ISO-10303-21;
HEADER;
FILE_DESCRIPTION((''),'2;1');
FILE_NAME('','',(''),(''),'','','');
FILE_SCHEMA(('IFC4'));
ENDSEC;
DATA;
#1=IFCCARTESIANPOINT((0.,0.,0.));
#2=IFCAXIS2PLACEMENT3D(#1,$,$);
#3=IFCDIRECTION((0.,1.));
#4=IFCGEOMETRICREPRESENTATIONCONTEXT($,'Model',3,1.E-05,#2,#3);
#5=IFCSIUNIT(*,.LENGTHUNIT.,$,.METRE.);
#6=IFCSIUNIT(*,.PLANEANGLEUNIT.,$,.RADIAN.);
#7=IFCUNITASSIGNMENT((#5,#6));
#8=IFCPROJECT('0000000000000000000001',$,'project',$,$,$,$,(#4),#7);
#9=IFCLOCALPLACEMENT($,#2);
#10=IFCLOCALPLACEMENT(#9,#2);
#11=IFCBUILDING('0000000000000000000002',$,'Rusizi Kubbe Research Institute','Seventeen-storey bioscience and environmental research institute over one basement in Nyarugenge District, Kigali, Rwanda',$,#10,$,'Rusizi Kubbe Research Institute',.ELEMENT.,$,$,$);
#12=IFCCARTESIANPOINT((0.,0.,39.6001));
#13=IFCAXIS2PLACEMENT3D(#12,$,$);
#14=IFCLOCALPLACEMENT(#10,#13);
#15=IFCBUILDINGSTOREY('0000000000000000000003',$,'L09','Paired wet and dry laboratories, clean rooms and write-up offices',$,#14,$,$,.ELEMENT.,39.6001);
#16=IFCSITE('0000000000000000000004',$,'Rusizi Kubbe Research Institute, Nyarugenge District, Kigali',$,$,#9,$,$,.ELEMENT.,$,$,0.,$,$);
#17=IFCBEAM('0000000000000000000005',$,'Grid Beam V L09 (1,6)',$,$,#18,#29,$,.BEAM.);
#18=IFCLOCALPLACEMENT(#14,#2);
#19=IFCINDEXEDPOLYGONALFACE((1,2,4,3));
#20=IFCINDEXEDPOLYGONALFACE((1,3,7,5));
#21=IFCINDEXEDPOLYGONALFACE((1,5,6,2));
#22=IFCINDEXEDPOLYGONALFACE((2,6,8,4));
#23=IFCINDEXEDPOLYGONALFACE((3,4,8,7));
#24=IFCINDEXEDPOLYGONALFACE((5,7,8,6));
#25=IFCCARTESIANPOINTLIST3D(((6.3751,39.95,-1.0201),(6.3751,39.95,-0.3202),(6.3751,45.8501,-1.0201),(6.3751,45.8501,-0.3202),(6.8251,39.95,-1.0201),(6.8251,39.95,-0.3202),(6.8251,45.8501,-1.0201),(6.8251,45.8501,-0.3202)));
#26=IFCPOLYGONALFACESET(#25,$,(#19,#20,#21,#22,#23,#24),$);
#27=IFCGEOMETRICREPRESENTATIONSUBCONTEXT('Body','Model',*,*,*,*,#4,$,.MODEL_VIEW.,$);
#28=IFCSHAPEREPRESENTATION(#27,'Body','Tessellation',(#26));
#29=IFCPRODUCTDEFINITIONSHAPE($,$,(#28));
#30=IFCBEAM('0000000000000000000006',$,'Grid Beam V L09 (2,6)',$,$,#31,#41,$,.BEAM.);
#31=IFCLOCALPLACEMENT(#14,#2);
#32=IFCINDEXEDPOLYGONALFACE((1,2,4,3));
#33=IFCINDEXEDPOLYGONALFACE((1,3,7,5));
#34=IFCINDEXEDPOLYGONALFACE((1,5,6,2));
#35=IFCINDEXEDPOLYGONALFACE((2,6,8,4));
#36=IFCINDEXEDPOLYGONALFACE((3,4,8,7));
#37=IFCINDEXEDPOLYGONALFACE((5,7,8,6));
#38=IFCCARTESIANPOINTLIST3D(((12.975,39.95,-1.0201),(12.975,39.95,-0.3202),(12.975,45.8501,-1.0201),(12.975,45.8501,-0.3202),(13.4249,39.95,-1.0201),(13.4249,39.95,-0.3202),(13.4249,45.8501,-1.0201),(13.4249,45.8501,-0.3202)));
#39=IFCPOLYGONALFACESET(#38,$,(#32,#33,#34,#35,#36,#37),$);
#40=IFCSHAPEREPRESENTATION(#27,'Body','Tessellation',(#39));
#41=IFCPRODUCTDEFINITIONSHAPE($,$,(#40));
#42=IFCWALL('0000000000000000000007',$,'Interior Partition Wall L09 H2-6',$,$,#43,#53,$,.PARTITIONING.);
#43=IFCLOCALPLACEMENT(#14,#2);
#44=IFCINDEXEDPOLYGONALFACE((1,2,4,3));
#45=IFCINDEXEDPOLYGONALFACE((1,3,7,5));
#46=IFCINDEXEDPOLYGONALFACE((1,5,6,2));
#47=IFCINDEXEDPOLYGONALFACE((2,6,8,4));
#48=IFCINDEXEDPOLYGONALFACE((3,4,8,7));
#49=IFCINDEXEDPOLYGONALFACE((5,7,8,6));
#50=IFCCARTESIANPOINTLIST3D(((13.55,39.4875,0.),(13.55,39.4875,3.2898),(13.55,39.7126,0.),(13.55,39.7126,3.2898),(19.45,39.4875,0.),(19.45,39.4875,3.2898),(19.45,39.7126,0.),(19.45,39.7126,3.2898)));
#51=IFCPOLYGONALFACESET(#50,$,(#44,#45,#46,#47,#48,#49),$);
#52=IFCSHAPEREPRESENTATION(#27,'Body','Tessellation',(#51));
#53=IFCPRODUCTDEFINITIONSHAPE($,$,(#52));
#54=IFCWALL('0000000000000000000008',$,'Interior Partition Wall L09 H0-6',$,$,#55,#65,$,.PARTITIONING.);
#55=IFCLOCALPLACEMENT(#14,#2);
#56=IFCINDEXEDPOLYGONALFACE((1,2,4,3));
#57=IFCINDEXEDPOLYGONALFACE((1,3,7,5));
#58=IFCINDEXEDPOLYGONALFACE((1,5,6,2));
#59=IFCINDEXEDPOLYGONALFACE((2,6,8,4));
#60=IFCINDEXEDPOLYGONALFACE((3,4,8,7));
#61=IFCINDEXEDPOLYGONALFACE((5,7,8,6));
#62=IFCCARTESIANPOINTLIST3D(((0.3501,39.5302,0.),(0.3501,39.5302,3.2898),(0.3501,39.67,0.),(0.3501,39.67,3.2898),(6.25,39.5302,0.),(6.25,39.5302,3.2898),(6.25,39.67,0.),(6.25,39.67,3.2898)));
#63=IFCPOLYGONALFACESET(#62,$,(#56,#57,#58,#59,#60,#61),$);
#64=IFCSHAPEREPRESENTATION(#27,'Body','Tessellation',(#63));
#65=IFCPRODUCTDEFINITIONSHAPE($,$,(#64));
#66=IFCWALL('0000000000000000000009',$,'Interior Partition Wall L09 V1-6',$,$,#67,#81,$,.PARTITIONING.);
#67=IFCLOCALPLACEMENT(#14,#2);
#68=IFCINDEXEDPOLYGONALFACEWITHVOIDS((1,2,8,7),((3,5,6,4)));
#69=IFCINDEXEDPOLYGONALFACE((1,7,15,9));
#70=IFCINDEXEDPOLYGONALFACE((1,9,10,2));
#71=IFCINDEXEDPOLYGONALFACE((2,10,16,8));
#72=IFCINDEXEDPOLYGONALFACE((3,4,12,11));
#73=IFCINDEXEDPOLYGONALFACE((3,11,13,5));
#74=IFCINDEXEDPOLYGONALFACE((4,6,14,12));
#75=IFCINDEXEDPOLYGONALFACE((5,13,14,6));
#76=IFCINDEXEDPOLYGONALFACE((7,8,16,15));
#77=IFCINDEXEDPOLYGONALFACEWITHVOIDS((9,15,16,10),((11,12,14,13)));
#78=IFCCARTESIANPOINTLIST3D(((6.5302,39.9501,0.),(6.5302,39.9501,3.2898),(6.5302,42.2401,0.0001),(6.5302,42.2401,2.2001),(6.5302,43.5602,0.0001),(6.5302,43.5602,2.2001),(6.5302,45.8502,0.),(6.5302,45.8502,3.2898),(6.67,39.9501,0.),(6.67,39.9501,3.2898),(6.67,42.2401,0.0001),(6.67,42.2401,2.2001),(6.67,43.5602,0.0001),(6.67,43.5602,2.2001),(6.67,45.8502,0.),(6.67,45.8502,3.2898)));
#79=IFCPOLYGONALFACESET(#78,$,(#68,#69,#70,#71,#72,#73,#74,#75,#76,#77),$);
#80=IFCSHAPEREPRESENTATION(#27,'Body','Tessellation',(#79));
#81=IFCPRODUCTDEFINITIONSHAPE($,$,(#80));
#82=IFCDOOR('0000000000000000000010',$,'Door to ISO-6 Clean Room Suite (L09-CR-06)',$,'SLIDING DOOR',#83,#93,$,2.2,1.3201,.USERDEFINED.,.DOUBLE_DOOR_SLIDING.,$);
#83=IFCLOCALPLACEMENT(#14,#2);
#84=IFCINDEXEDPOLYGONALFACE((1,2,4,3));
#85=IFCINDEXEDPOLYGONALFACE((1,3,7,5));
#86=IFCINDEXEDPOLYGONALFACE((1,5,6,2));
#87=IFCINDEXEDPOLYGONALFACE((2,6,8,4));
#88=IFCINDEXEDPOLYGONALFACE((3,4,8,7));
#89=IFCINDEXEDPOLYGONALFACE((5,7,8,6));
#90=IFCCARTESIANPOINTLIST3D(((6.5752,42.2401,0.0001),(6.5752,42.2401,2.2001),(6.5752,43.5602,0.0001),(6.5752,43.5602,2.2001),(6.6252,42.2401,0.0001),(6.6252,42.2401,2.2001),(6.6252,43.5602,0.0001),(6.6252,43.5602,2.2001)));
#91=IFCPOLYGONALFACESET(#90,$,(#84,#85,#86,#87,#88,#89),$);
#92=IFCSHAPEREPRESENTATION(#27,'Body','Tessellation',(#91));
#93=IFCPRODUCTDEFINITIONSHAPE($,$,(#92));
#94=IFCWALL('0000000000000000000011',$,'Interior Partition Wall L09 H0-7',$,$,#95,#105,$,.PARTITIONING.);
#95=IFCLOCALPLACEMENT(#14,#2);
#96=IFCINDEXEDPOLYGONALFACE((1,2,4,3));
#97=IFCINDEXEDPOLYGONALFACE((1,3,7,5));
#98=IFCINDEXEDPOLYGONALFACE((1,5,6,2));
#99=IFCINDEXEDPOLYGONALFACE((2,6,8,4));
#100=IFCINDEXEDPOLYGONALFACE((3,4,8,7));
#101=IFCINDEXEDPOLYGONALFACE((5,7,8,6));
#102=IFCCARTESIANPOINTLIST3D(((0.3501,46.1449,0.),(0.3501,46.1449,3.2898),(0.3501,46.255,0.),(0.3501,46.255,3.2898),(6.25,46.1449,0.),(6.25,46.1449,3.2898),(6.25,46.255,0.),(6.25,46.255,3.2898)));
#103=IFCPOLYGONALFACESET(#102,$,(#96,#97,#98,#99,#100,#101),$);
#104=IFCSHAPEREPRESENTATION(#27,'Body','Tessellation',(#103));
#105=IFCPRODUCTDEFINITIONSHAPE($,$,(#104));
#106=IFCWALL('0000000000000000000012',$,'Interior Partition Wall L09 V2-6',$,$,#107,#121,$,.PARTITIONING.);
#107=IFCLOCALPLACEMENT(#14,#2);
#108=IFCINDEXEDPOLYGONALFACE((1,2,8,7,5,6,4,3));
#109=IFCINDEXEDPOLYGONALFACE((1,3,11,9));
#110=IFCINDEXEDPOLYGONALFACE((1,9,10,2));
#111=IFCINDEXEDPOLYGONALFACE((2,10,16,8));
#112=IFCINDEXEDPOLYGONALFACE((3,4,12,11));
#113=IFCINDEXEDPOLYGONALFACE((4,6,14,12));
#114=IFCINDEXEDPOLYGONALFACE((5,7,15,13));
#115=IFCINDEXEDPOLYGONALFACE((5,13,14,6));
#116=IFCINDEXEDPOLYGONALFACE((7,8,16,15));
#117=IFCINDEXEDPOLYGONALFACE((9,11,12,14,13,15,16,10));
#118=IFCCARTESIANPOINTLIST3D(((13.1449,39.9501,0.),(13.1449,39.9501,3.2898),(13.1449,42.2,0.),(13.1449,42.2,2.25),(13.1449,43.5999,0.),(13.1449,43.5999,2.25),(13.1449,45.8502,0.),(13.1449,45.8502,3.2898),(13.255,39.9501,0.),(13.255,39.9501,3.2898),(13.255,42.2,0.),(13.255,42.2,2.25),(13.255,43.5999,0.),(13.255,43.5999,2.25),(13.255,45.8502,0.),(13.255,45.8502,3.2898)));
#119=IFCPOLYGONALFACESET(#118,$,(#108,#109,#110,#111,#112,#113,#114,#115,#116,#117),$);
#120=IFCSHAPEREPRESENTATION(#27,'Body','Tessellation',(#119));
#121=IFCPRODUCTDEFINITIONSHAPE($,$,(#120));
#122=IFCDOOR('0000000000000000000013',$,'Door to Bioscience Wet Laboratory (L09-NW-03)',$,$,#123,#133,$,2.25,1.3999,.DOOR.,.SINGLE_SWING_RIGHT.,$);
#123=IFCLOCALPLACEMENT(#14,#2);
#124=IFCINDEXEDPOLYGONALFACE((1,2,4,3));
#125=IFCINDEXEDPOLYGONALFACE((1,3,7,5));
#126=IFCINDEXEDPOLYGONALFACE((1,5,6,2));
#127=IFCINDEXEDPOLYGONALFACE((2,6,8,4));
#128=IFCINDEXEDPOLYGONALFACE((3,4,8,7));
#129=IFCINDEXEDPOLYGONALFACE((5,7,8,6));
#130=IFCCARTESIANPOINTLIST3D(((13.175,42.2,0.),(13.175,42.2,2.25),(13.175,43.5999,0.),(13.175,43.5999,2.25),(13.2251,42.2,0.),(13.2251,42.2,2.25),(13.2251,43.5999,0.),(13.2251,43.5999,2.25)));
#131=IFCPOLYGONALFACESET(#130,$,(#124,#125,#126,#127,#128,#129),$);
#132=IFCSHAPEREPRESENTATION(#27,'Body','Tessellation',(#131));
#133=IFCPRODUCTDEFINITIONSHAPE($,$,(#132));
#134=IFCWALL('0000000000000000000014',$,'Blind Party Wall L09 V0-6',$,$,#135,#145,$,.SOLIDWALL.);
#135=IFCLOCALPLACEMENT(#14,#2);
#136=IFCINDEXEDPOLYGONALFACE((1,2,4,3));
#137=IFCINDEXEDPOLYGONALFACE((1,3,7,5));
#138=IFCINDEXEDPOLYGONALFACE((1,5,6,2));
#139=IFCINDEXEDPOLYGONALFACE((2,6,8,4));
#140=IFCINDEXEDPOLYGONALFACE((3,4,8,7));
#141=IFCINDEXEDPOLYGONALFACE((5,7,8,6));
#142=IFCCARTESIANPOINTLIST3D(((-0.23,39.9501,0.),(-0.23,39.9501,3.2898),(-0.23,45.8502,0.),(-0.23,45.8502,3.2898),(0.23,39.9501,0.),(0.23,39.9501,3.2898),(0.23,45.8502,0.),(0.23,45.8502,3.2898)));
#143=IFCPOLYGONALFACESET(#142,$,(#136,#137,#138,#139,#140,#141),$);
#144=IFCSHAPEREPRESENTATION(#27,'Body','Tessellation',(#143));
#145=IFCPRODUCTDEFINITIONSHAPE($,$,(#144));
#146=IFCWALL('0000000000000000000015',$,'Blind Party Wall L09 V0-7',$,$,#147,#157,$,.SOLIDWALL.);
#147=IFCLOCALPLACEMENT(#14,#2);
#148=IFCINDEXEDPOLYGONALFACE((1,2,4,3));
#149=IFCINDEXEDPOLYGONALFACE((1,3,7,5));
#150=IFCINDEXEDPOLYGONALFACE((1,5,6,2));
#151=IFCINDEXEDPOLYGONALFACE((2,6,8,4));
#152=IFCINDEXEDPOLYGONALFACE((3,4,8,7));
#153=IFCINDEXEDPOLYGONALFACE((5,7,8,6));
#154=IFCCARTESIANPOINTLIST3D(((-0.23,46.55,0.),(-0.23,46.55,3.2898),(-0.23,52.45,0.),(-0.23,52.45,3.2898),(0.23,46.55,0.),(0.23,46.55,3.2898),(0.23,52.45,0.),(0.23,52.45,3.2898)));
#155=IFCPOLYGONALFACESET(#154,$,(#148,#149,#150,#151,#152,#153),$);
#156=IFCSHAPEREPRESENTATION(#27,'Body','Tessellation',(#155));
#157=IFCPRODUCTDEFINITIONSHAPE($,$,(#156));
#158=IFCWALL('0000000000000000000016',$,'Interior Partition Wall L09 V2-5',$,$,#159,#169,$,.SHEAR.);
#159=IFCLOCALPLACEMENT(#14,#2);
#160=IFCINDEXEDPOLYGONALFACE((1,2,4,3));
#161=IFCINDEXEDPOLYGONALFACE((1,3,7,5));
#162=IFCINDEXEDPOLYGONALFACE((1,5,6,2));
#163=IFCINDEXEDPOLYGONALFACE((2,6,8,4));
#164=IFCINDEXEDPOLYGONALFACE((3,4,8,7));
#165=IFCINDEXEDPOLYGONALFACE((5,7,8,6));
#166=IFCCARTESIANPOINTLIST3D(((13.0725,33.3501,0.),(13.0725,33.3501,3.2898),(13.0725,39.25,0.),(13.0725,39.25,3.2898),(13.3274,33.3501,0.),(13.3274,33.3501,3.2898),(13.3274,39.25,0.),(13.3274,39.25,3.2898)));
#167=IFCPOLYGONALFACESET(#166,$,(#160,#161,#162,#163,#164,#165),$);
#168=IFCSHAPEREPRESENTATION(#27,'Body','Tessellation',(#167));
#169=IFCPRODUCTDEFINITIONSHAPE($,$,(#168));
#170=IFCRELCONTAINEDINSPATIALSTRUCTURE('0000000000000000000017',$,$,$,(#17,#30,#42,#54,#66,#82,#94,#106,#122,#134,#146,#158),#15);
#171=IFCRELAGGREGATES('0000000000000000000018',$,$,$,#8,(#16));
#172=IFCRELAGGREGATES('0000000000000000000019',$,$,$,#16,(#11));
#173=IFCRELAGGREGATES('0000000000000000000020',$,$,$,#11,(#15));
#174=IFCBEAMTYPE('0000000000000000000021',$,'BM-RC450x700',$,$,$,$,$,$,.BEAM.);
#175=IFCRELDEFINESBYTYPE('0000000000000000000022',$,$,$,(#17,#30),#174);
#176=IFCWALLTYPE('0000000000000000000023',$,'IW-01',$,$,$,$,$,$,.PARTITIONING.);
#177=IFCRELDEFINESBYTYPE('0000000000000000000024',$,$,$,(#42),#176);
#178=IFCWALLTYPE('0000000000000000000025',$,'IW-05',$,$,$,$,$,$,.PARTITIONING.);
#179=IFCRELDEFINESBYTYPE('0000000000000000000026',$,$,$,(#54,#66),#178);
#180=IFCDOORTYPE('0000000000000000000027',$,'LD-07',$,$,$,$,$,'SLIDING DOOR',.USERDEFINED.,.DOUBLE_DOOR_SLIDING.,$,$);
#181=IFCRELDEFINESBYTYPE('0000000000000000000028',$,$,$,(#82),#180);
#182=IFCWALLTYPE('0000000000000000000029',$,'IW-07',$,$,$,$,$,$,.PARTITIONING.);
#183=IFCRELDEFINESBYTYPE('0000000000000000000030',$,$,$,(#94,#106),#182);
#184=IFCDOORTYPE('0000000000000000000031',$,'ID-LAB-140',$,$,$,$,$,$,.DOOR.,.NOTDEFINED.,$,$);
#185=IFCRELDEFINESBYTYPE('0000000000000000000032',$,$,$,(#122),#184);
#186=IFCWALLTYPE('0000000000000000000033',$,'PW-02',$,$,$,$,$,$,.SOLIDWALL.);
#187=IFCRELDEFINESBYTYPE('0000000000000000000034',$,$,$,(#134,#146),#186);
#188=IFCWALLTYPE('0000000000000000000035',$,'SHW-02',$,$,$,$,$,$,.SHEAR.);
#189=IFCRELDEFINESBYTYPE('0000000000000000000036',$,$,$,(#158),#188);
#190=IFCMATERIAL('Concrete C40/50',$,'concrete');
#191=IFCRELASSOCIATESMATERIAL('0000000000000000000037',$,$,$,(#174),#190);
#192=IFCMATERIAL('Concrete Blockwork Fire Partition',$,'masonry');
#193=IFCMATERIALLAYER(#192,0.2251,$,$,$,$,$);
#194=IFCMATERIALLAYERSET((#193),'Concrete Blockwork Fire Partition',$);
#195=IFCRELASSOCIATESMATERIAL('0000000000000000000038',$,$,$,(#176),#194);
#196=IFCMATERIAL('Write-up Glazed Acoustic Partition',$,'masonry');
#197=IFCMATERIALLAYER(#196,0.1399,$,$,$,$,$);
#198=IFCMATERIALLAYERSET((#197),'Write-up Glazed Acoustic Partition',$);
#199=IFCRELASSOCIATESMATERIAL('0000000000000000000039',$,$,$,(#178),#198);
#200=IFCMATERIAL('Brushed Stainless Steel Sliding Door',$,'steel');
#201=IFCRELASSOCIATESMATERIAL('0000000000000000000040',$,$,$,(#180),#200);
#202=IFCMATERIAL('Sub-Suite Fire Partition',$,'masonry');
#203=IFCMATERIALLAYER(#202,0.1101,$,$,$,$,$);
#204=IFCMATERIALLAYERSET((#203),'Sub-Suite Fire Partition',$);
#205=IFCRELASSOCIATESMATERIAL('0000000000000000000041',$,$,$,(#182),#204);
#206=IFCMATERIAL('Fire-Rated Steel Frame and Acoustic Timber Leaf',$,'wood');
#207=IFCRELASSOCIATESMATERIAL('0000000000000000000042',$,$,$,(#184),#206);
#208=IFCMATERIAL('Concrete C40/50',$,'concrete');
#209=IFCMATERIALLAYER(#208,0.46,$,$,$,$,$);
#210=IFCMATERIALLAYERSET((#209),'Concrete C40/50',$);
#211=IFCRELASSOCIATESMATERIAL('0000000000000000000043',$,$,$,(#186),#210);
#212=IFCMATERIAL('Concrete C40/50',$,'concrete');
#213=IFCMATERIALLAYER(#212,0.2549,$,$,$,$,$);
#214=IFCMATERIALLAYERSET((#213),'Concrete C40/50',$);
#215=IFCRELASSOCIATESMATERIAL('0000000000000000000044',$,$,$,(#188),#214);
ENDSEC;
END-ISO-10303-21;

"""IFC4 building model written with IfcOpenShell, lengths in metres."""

from ifc_helpers import new_model, si_unit, direction, frame, frame_2d, origin, origin_2d, place, context, subcontext, project, spatial, rectangle, extrude, material, layer, layer_set, material_profile, profile_set, type_object, element, fill, save


model = new_model("IFC4")

# Units and contexts
model_context = context("Model", 3, precision=1e-05, world=origin(), true_north=direction((0.0, 1.0)))
body_context = subcontext(model_context, "Body", "Model", "MODEL_VIEW")
ifc_project = project(units=[si_unit("LENGTHUNIT", "METRE"), si_unit("PLANEANGLEUNIT", "RADIAN")], contexts=[model_context])

# Site, building, storey
site_placement = place(None, origin())
site = spatial("IfcSite", under=ifc_project, at=site_placement, Name="Rusizi Kubbe Research Institute, Nyarugenge District, Kigali", CompositionType="ELEMENT", RefElevation=0.0)
building_placement = place(site_placement, origin())
building = spatial("IfcBuilding", under=site, at=building_placement, Name="Rusizi Kubbe Research Institute", Description="Seventeen-storey bioscience and environmental research institute over one basement in Nyarugenge District, Kigali, Rwanda", LongName="Rusizi Kubbe Research Institute", CompositionType="ELEMENT")
storey_placement = place(building_placement, frame((0.0, 0.0, 39.6001)))
storey = spatial("IfcBuildingStorey", under=building, at=storey_placement, Name="L09", Description="Paired wet and dry laboratories, clean rooms and write-up offices", CompositionType="ELEMENT", Elevation=39.6001)

# Beams
ifc_material_1 = material(Name="Concrete C40/50", Category="concrete")
ifc_material_profile_1 = material_profile(ifc_material_1, rectangle(XDim=0.45, YDim=0.7, at=origin_2d()), Name="RC450x700B")
ifc_profile_set_1 = profile_set([ifc_material_profile_1], Name="Concrete C40/50")
beam_type_1 = type_object("IfcBeamType", Name="BM-RC450x700", PredefinedType="BEAM", material=ifc_profile_set_1)
for number, where, z_axis, x_axis, name in (
    (1, (6.6001, 39.95, -0.6702), (0.0, 1.0, 0.0), (-1.0, 0.0, 0.0), "Grid Beam V L09 (1,6)"),
    (2, (13.2, 39.95, -0.6702), (0.0, 1.0, 0.0), (-1.0, 0.0, 0.0), "Grid Beam V L09 (2,6)"),
):
    element("IfcBeam", number, at=place(storey_placement, frame(where, z_axis=z_axis, x_axis=x_axis)), inside=storey, type_object=beam_type_1, Name=name, PredefinedType="BEAM", context=body_context, shape_type="SweptSolid", body=[
        extrude(rectangle(XDim=0.45, YDim=0.7, at=origin_2d()), origin(), (0.0, 0.0, 1.0), 5.9001),
    ])

# Walls
ifc_material_2 = material(Name="Concrete Blockwork Fire Partition", Category="masonry")
ifc_layer_1 = layer(ifc_material_2, 0.2251)
ifc_layer_set_1 = layer_set([ifc_layer_1], Name="Concrete Blockwork Fire Partition")
wall_type_1 = type_object("IfcWallType", Name="IW-01", PredefinedType="PARTITIONING", material=ifc_layer_set_1)
wall_1_placement = place(storey_placement, frame((13.55, 39.6001, 0.0), z_axis=(0.0, 0.0, 1.0), x_axis=(1.0, 0.0, 0.0)))
element("IfcWall", 3, at=wall_1_placement, inside=storey, type_object=wall_type_1, Name="Interior Partition Wall L09 H2-6", PredefinedType="PARTITIONING", context=body_context, shape_type="SweptSolid", body=[
    extrude(rectangle(XDim=5.8999, YDim=0.2251, at=frame_2d((2.95, 0.0))), origin(), (0.0, 0.0, 1.0), 3.2898),
])
ifc_material_3 = material(Name="Write-up Glazed Acoustic Partition", Category="masonry")
ifc_layer_2 = layer(ifc_material_3, 0.1399)
ifc_layer_set_2 = layer_set([ifc_layer_2], Name="Write-up Glazed Acoustic Partition")
wall_type_2 = type_object("IfcWallType", Name="IW-05", PredefinedType="PARTITIONING", material=ifc_layer_set_2)
wall_2_placement = place(storey_placement, frame((0.3501, 39.6001, 0.0), z_axis=(0.0, 0.0, 1.0), x_axis=(1.0, 0.0, 0.0)))
element("IfcWall", 4, at=wall_2_placement, inside=storey, type_object=wall_type_2, Name="Interior Partition Wall L09 H0-6", PredefinedType="PARTITIONING", context=body_context, shape_type="SweptSolid", body=[
    extrude(rectangle(XDim=5.8999, YDim=0.1399, at=frame_2d((2.95, 0.0))), origin(), (0.0, 0.0, 1.0), 3.2898),
])

# Wall, opening, door
wall_3_placement = place(storey_placement, frame((6.6001, 39.95, 0.0), z_axis=(0.0, 0.0, 1.0), x_axis=(0.0, 1.0, 0.0)))
wall_3 = element("IfcWall", 5, at=wall_3_placement, inside=storey, type_object=wall_type_2, Name="Interior Partition Wall L09 V1-6", PredefinedType="PARTITIONING", context=body_context, shape_type="SweptSolid", body=[
    extrude(rectangle(XDim=5.9001, YDim=0.1399, at=frame_2d((2.9502, 0.0))), origin(), (0.0, 0.0, 1.0), 3.2898),
])
opening_1_placement = place(wall_3_placement, frame((2.29, 0.0, 0.0)))
opening_1 = element("IfcOpeningElement", 6, at=opening_1_placement, cuts=wall_3, PredefinedType="OPENING", context=body_context, shape_type="SweptSolid", body=[
    extrude(rectangle(XDim=1.3201, YDim=2.2, at=frame_2d((0.6602, 1.1001))), frame((0.0, 0.0798, 0.0), z_axis=(0.0, -1.0, 0.0), x_axis=(1.0, 0.0, 0.0)), (0.0, 0.0, 1.0), 0.1599),
])
ifc_material_4 = material(Name="Brushed Stainless Steel Sliding Door", Category="steel")
door_type_1 = type_object("IfcDoorType", Name="LD-07", ElementType="SLIDING DOOR", OperationType="DOUBLE_DOOR_SLIDING", PredefinedType="USERDEFINED", material=ifc_material_4)
door_1_placement = place(opening_1_placement, origin())
door_1 = element("IfcDoor", 7, at=door_1_placement, inside=storey, type_object=door_type_1, Name="Door to ISO-6 Clean Room Suite (L09-CR-06)", ObjectType="SLIDING DOOR", OperationType="DOUBLE_DOOR_SLIDING", OverallHeight=2.2, OverallWidth=1.3201, PredefinedType="USERDEFINED", context=body_context, shape_type="SweptSolid", body=[
    extrude(rectangle(XDim=1.3201, YDim=2.2, at=frame_2d((0.6602, 1.1001))), frame((0.0, 0.0249, 0.0), z_axis=(0.0, -1.0, 0.0), x_axis=(1.0, 0.0, 0.0)), (0.0, 0.0, 1.0), 0.05),
])
fill(opening_1, door_1)

# Wall
ifc_material_5 = material(Name="Sub-Suite Fire Partition", Category="masonry")
ifc_layer_3 = layer(ifc_material_5, 0.1101)
ifc_layer_set_3 = layer_set([ifc_layer_3], Name="Sub-Suite Fire Partition")
wall_type_3 = type_object("IfcWallType", Name="IW-07", PredefinedType="PARTITIONING", material=ifc_layer_set_3)
wall_4_placement = place(storey_placement, frame((0.3501, 46.2, 0.0), z_axis=(0.0, 0.0, 1.0), x_axis=(1.0, 0.0, 0.0)))
element("IfcWall", 8, at=wall_4_placement, inside=storey, type_object=wall_type_3, Name="Interior Partition Wall L09 H0-7", PredefinedType="PARTITIONING", context=body_context, shape_type="SweptSolid", body=[
    extrude(rectangle(XDim=5.8999, YDim=0.1101, at=frame_2d((2.95, 0.0))), origin(), (0.0, 0.0, 1.0), 3.2898),
])

# Wall, opening, door
wall_5_placement = place(storey_placement, frame((13.2, 39.95, 0.0), z_axis=(0.0, 0.0, 1.0), x_axis=(0.0, 1.0, 0.0)))
wall_5 = element("IfcWall", 9, at=wall_5_placement, inside=storey, type_object=wall_type_3, Name="Interior Partition Wall L09 V2-6", PredefinedType="PARTITIONING", context=body_context, shape_type="SweptSolid", body=[
    extrude(rectangle(XDim=5.9001, YDim=0.1101, at=frame_2d((2.9502, 0.0))), origin(), (0.0, 0.0, 1.0), 3.2898),
])
opening_2_placement = place(wall_5_placement, frame((2.25, 0.0, 0.0)))
opening_2 = element("IfcOpeningElement", 10, at=opening_2_placement, cuts=wall_5, PredefinedType="OPENING", context=body_context, shape_type="SweptSolid", body=[
    extrude(rectangle(XDim=1.3999, YDim=2.25, at=frame_2d((0.7, 1.125))), frame((0.0, 0.0649, 0.0), z_axis=(0.0, -1.0, 0.0), x_axis=(1.0, 0.0, 0.0)), (0.0, 0.0, 1.0), 0.1301),
])
ifc_material_6 = material(Name="Fire-Rated Steel Frame and Acoustic Timber Leaf", Category="wood")
door_type_2 = type_object("IfcDoorType", Name="ID-LAB-140", OperationType="NOTDEFINED", PredefinedType="DOOR", material=ifc_material_6)
door_2_placement = place(opening_2_placement, origin())
door_2 = element("IfcDoor", 11, at=door_2_placement, inside=storey, type_object=door_type_2, Name="Door to Bioscience Wet Laboratory (L09-NW-03)", OperationType="SINGLE_SWING_RIGHT", OverallHeight=2.25, OverallWidth=1.3999, PredefinedType="DOOR", context=body_context, shape_type="SweptSolid", body=[
    extrude(rectangle(XDim=1.3999, YDim=2.25, at=frame_2d((0.7, 1.125))), frame((0.0, 0.0249, 0.0), z_axis=(0.0, -1.0, 0.0), x_axis=(1.0, 0.0, 0.0)), (0.0, 0.0, 1.0), 0.05),
])
fill(opening_2, door_2)

# Walls
ifc_material_7 = material(Name="Concrete C40/50", Category="concrete")
ifc_layer_4 = layer(ifc_material_7, 0.46)
ifc_layer_set_4 = layer_set([ifc_layer_4], Name="Concrete C40/50")
wall_type_4 = type_object("IfcWallType", Name="PW-02", PredefinedType="SOLIDWALL", material=ifc_layer_set_4)
wall_6_placement = place(storey_placement, frame((0.0, 39.95, 0.0), z_axis=(0.0, 0.0, 1.0), x_axis=(0.0, 1.0, 0.0)))
element("IfcWall", 12, at=wall_6_placement, inside=storey, type_object=wall_type_4, Name="Blind Party Wall L09 V0-6", PredefinedType="SOLIDWALL", context=body_context, shape_type="SweptSolid", body=[
    extrude(rectangle(XDim=5.9001, YDim=0.46, at=frame_2d((2.9502, 0.0))), origin(), (0.0, 0.0, 1.0), 3.2898),
])
wall_7_placement = place(storey_placement, frame((0.0, 46.55, 0.0), z_axis=(0.0, 0.0, 1.0), x_axis=(0.0, 1.0, 0.0)))
element("IfcWall", 13, at=wall_7_placement, inside=storey, type_object=wall_type_4, Name="Blind Party Wall L09 V0-7", PredefinedType="SOLIDWALL", context=body_context, shape_type="SweptSolid", body=[
    extrude(rectangle(XDim=5.8999, YDim=0.46, at=frame_2d((2.95, 0.0))), origin(), (0.0, 0.0, 1.0), 3.2898),
])
ifc_material_8 = material(Name="Concrete C40/50", Category="concrete")
ifc_layer_5 = layer(ifc_material_8, 0.2549)
ifc_layer_set_5 = layer_set([ifc_layer_5], Name="Concrete C40/50")
wall_type_5 = type_object("IfcWallType", Name="SHW-02", PredefinedType="SHEAR", material=ifc_layer_set_5)
wall_8_placement = place(storey_placement, frame((13.2, 33.3501, 0.0), z_axis=(0.0, 0.0, 1.0), x_axis=(0.0, 1.0, 0.0)))
element("IfcWall", 14, at=wall_8_placement, inside=storey, type_object=wall_type_5, Name="Interior Partition Wall L09 V2-5", PredefinedType="SHEAR", context=body_context, shape_type="SweptSolid", body=[
    extrude(rectangle(XDim=5.8999, YDim=0.2549, at=frame_2d((2.95, 0.0))), origin(), (0.0, 0.0, 1.0), 3.2898),
])

save(model, "model.ifc")
